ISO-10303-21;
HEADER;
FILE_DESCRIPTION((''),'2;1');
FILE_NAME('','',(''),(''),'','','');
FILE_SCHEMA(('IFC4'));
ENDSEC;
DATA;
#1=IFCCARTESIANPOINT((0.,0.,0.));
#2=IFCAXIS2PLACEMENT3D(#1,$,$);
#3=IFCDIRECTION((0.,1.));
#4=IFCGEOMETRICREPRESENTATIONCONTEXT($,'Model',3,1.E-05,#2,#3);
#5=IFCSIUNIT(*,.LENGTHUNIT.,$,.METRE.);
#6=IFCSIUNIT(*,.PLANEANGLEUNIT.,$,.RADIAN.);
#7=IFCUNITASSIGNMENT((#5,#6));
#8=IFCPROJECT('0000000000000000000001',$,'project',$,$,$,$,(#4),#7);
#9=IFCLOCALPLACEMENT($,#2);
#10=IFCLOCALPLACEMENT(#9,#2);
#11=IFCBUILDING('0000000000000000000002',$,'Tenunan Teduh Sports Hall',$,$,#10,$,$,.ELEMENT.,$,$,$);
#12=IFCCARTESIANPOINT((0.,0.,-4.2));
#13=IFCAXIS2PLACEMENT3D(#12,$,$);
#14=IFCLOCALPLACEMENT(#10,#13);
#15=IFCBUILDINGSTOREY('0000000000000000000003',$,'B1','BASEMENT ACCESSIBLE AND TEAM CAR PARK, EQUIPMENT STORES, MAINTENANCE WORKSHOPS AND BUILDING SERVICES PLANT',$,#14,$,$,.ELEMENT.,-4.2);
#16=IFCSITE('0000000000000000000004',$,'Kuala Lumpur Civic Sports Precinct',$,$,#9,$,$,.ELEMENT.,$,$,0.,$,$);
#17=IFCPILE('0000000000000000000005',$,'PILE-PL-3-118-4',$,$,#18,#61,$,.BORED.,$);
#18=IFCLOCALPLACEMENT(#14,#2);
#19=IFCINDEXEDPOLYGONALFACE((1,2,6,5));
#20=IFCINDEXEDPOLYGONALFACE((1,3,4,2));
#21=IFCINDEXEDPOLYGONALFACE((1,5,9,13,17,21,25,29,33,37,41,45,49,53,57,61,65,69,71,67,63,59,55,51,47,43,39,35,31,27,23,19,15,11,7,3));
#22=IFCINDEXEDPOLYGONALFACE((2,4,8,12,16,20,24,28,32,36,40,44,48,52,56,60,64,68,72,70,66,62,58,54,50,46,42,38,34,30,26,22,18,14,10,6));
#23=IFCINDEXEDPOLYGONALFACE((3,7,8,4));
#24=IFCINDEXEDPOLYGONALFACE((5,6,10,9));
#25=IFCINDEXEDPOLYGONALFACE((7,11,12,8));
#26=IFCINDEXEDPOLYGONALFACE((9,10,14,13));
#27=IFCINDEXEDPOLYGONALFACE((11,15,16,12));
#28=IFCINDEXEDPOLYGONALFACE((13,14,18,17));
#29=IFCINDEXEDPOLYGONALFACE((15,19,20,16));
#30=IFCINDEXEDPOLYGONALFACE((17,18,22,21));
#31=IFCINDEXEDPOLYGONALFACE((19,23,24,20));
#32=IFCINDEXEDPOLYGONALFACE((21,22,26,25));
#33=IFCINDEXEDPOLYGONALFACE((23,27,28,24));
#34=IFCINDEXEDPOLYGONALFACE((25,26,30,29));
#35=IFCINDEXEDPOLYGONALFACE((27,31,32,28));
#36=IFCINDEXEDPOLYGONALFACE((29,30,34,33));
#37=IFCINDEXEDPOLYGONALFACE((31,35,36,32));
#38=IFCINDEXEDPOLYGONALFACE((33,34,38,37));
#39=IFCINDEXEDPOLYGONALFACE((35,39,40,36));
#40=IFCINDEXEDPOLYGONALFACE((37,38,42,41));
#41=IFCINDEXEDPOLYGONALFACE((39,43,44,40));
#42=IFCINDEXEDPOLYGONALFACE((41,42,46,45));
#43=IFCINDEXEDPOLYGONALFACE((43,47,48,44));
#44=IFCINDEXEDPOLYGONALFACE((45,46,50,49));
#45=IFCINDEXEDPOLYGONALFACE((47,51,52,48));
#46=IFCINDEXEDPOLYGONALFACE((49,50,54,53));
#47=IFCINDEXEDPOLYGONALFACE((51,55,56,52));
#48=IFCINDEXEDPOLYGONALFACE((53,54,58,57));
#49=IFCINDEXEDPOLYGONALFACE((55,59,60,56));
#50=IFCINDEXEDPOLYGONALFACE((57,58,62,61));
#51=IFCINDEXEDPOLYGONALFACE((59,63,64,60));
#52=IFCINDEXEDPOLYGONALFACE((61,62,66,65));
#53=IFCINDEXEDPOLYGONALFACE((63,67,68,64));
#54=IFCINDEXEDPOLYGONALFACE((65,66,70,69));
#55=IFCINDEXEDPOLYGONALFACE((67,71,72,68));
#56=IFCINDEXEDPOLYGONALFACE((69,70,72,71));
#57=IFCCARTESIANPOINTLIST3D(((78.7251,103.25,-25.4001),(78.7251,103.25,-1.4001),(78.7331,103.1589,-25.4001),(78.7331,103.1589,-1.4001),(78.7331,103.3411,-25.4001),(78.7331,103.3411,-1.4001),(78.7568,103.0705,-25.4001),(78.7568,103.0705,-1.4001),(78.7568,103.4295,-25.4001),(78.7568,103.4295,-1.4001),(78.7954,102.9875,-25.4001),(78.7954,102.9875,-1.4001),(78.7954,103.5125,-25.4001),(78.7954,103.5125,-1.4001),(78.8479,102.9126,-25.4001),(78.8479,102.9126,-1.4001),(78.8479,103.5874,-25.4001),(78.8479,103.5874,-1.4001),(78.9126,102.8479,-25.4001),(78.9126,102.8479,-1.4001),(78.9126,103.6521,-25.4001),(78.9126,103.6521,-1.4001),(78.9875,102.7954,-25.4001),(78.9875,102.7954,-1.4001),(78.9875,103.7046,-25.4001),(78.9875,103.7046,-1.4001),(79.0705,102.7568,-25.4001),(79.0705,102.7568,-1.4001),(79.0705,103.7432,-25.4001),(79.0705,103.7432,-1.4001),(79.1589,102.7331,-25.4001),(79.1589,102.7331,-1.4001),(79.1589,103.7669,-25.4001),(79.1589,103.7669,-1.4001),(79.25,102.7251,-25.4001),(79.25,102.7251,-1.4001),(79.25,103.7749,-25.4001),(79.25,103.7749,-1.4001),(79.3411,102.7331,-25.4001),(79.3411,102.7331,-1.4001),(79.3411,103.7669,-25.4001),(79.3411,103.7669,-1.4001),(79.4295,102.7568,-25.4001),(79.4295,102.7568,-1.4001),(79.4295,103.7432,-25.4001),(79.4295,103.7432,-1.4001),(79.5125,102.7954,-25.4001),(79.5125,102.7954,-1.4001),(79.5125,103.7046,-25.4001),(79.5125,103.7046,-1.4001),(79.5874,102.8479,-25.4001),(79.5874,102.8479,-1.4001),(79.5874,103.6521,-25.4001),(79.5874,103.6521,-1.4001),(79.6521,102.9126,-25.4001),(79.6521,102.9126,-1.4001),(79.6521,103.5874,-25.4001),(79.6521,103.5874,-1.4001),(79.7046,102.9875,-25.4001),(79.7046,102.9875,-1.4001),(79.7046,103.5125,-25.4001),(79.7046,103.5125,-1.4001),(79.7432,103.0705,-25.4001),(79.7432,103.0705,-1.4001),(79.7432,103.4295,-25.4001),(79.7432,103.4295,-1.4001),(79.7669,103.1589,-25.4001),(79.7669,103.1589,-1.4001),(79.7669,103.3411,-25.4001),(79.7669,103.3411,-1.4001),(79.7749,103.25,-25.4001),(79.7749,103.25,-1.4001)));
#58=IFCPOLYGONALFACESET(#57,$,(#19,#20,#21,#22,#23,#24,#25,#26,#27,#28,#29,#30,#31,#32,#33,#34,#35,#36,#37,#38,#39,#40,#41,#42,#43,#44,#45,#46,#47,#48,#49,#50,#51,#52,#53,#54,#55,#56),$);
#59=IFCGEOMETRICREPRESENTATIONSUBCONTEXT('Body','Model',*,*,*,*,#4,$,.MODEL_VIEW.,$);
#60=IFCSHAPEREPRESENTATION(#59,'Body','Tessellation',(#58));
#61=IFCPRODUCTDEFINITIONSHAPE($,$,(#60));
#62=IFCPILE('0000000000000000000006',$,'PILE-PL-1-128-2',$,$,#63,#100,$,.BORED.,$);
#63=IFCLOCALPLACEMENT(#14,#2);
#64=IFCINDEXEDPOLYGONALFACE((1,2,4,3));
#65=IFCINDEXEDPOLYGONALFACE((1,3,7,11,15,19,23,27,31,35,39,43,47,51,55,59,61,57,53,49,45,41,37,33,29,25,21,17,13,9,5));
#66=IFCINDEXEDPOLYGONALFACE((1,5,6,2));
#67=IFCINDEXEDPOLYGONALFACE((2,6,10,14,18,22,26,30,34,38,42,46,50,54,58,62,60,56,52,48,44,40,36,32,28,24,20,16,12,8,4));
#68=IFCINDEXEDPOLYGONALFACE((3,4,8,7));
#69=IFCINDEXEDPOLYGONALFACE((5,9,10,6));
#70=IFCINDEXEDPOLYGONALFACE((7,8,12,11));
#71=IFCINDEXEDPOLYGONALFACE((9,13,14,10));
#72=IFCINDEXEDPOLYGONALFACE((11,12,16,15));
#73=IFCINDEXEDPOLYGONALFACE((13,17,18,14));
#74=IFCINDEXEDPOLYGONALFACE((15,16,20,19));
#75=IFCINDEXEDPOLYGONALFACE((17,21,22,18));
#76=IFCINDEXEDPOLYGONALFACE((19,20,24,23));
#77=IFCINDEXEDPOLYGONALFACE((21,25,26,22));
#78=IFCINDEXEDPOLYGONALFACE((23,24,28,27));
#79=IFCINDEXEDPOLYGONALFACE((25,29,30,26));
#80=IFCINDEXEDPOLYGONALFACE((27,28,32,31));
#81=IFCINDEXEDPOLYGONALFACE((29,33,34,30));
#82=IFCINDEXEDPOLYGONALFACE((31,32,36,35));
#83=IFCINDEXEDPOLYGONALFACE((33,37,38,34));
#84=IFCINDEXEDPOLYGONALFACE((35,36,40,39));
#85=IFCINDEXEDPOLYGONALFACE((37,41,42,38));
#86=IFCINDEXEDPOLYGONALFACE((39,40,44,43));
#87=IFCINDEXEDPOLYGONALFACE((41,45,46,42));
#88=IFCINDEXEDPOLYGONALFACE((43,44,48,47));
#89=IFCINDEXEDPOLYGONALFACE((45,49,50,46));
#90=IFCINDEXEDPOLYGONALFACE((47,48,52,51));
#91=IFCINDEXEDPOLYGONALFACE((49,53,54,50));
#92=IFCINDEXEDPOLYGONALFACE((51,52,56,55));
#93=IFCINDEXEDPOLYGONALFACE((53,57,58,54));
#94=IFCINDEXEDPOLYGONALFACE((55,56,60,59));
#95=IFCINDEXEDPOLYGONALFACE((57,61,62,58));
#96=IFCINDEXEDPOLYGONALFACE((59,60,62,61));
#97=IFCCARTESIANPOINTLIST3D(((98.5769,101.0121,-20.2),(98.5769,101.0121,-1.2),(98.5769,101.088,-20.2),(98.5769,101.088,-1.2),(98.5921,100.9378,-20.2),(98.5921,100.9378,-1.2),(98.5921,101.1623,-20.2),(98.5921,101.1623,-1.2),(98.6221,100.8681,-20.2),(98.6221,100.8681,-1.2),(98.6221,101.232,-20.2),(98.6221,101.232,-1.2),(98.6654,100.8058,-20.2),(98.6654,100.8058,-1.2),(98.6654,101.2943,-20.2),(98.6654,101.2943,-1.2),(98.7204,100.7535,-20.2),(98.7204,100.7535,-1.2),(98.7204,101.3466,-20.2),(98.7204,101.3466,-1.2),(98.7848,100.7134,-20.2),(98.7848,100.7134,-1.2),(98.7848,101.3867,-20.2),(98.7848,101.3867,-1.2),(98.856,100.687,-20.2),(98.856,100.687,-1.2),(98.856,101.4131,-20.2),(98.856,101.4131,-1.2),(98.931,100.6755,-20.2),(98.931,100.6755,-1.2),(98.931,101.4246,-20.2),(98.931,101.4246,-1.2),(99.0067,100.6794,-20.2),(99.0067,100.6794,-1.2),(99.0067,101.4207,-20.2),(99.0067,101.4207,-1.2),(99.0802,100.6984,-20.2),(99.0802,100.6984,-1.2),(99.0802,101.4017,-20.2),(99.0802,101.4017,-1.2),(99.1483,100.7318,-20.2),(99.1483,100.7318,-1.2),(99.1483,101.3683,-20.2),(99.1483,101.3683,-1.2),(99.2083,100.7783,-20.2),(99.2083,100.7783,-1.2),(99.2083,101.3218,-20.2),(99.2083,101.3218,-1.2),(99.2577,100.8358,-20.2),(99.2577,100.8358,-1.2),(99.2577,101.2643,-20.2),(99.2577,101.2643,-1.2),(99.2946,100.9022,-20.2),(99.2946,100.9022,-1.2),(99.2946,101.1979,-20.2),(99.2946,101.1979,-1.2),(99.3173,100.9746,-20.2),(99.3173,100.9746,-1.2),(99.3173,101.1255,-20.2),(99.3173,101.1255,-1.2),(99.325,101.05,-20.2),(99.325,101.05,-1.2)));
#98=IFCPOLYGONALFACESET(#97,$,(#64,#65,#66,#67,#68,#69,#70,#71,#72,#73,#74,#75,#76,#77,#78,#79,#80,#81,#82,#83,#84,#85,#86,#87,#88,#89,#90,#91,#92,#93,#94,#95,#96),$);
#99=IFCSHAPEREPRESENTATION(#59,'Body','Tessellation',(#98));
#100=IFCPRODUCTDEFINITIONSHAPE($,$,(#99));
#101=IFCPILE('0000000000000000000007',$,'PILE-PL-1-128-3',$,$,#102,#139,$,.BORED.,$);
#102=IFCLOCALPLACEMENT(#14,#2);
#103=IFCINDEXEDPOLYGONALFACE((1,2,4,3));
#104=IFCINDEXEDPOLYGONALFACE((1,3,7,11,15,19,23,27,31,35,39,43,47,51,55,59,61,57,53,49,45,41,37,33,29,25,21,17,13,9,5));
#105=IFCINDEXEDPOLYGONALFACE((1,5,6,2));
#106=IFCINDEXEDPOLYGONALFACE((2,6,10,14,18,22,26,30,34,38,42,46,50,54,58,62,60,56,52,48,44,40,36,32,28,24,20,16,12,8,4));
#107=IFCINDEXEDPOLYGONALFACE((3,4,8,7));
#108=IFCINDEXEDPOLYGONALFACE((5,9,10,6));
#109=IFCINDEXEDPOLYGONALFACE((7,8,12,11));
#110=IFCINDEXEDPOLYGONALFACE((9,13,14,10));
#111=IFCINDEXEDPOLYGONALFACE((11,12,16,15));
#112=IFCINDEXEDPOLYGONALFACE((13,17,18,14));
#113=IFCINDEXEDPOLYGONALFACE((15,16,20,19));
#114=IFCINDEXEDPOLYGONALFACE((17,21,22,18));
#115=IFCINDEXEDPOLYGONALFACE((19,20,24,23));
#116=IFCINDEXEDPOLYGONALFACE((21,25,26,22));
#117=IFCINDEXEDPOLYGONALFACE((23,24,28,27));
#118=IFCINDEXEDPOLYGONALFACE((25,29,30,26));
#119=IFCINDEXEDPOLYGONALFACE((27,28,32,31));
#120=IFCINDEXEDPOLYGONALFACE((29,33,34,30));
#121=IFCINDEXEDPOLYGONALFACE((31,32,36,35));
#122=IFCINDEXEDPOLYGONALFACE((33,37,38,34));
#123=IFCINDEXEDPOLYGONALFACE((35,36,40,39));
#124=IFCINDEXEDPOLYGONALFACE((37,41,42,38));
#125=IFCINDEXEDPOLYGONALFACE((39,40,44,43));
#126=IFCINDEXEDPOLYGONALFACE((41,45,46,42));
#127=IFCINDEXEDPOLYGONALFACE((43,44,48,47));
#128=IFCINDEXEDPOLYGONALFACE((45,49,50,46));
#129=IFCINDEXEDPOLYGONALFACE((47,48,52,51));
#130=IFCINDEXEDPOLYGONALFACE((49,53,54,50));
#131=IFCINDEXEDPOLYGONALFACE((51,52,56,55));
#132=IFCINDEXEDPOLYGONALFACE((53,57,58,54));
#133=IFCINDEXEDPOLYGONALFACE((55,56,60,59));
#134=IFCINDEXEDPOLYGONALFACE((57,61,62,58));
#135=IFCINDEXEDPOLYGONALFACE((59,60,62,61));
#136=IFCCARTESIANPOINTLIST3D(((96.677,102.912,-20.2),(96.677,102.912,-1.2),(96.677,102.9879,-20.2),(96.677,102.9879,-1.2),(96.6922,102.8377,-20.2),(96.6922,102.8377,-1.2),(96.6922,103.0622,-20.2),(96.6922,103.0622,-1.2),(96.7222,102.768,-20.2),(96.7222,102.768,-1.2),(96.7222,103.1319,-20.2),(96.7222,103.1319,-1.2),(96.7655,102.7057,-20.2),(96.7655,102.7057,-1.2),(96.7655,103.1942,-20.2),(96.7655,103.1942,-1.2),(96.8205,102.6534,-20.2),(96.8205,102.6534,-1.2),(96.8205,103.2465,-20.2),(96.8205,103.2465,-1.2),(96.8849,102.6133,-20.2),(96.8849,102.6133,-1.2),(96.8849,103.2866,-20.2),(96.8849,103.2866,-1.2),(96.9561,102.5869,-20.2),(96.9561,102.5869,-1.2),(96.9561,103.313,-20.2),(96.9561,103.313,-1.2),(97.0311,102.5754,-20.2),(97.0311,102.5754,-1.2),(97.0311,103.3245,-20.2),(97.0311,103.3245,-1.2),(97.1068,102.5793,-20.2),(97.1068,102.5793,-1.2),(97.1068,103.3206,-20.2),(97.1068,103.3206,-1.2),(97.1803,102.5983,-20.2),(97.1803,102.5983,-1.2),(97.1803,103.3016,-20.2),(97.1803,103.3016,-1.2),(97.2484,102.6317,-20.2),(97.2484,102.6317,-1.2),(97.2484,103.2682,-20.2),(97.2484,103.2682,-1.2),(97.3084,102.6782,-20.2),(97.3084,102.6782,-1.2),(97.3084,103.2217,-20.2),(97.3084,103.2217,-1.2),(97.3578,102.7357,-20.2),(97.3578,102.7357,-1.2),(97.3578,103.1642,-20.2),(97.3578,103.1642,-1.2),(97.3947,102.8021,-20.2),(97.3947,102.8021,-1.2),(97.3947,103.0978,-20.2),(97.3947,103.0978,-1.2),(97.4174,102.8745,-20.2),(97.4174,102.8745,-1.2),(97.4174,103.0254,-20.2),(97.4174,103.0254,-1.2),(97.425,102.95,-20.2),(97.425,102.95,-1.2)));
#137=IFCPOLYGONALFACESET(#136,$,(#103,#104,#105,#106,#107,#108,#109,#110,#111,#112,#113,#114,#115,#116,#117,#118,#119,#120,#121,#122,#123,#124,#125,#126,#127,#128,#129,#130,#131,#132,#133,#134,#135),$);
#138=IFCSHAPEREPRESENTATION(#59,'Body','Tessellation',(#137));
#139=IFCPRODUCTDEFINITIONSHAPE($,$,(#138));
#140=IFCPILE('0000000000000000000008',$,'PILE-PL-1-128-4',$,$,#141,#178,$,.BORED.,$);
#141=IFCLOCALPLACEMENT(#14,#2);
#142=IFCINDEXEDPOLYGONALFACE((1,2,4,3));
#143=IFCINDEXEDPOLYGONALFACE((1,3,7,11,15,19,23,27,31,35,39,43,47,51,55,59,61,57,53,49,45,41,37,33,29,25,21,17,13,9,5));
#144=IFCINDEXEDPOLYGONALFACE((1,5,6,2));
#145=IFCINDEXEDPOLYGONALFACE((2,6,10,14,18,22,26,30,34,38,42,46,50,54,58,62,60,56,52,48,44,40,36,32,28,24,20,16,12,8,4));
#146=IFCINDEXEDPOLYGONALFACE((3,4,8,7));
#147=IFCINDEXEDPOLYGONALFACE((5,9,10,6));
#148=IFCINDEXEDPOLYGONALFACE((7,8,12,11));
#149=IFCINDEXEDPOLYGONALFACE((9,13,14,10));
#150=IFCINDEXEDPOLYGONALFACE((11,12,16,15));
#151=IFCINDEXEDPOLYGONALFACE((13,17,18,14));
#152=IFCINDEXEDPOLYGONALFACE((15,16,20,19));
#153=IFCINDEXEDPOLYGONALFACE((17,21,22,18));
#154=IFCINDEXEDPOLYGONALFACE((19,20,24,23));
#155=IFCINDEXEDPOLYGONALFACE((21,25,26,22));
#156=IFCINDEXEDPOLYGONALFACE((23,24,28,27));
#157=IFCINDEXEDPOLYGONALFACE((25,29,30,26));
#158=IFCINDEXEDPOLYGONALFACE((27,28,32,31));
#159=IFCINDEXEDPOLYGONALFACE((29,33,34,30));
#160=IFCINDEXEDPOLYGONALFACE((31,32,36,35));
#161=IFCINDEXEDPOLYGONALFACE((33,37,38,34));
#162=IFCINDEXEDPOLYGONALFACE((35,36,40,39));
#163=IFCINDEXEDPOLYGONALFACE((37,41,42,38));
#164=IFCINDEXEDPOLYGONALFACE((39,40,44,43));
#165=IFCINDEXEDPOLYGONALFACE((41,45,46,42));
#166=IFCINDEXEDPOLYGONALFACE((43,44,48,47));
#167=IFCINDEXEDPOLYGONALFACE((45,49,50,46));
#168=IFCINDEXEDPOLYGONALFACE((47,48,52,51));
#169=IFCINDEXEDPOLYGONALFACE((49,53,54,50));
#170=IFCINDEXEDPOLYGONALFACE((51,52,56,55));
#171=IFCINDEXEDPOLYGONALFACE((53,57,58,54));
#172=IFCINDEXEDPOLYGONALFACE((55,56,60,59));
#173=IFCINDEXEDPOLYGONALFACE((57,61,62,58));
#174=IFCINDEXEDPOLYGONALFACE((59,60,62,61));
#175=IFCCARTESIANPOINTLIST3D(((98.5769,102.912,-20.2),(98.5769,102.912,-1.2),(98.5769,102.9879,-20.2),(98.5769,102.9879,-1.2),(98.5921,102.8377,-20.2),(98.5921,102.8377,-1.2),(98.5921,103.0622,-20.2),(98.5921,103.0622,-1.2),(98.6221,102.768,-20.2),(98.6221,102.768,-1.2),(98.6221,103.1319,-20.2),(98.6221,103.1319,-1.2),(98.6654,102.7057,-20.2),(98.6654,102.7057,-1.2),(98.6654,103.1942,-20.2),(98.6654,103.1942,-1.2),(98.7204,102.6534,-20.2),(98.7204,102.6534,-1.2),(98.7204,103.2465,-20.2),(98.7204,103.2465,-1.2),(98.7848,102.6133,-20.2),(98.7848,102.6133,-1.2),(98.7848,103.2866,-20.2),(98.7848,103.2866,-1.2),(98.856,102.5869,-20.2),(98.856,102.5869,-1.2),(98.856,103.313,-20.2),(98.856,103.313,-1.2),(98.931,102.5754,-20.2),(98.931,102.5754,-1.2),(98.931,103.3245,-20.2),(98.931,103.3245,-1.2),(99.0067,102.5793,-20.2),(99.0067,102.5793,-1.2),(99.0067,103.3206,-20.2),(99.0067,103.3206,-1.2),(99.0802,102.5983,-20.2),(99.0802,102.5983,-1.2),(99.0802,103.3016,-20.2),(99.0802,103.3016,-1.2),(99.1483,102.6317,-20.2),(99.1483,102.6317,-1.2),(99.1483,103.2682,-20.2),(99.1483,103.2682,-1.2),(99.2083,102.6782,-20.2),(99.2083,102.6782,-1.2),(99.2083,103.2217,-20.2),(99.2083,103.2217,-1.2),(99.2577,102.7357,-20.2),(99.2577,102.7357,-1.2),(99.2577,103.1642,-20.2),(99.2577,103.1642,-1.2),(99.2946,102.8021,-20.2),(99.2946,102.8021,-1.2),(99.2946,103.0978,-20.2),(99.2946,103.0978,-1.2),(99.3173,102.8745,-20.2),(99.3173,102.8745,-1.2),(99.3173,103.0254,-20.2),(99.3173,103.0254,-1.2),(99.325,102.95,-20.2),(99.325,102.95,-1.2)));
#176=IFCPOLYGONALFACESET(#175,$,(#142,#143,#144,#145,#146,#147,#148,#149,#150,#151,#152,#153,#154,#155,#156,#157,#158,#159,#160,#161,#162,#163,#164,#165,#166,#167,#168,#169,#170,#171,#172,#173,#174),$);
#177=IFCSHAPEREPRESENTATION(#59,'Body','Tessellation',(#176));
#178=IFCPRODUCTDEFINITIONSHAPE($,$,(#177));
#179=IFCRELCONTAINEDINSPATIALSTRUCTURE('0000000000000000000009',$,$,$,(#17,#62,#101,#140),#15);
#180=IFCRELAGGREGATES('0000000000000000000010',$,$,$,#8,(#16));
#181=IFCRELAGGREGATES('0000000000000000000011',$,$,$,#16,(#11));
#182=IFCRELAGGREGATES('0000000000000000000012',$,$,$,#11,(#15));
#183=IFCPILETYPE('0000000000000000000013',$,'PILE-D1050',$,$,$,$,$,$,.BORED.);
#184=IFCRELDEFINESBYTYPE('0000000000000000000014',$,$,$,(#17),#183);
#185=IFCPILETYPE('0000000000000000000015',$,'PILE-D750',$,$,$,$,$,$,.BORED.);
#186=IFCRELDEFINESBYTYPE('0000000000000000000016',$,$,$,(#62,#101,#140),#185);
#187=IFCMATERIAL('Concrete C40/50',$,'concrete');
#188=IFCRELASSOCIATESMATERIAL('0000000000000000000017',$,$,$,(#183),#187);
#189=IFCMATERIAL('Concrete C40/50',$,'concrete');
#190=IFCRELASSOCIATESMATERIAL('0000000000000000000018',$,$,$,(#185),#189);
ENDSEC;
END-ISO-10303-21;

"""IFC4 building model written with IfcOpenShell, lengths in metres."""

from ifc_helpers import new_model, si_unit, direction, frame, origin, origin_2d, place, context, subcontext, project, spatial, circle, extrude, material, material_profile, profile_set, type_object, element, save


model = new_model("IFC4")

# Units and contexts
model_context = context("Model", 3, precision=1e-05, world=origin(), true_north=direction((0.0, 1.0)))
body_context = subcontext(model_context, "Body", "Model", "MODEL_VIEW")
ifc_project = project(units=[si_unit("LENGTHUNIT", "METRE"), si_unit("PLANEANGLEUNIT", "RADIAN")], contexts=[model_context])

# Site, building, storey
site_placement = place(None, origin())
site = spatial("IfcSite", under=ifc_project, at=site_placement, Name="Kuala Lumpur Civic Sports Precinct", CompositionType="ELEMENT", RefElevation=0.0)
building_placement = place(site_placement, origin())
building = spatial("IfcBuilding", under=site, at=building_placement, Name="Tenunan Teduh Sports Hall", CompositionType="ELEMENT")
storey_placement = place(building_placement, frame((0.0, 0.0, -4.2)))
storey = spatial("IfcBuildingStorey", under=building, at=storey_placement, Name="B1", Description="BASEMENT ACCESSIBLE AND TEAM CAR PARK, EQUIPMENT STORES, MAINTENANCE WORKSHOPS AND BUILDING SERVICES PLANT", CompositionType="ELEMENT", Elevation=-4.2)

# Piles
ifc_material_1 = material(Name="Concrete C40/50", Category="concrete")
ifc_material_profile_1 = material_profile(ifc_material_1, circle(Radius=0.5249, at=origin_2d()), Name="PILE D1050")
ifc_profile_set_1 = profile_set([ifc_material_profile_1], Name="Concrete C40/50")
pile_type_1 = type_object("IfcPileType", Name="PILE-D1050", PredefinedType="BORED", material=ifc_profile_set_1)
for number, where, z_axis, x_axis, name in (
    (1, (79.25, 103.25, -1.4001), (0.0, 0.0, -1.0), (1.0, 0.0, 0.0), "PILE-PL-3-118-4"),
):
    element("IfcPile", number, at=place(storey_placement, frame(where, z_axis=z_axis, x_axis=x_axis)), inside=storey, type_object=pile_type_1, Name=name, PredefinedType="BORED", context=body_context, shape_type="SweptSolid", body=[
        extrude(circle(Radius=0.5249, at=origin_2d()), origin(), (0.0, 0.0, 1.0), 24.0),
    ])
ifc_material_2 = material(Name="Concrete C40/50", Category="concrete")
ifc_material_profile_2 = material_profile(ifc_material_2, circle(Radius=0.375, at=origin_2d()), Name="PILE D750")
ifc_profile_set_2 = profile_set([ifc_material_profile_2], Name="Concrete C40/50")
pile_type_2 = type_object("IfcPileType", Name="PILE-D750", PredefinedType="BORED", material=ifc_profile_set_2)
for number, where, z_axis, x_axis, name in (
    (2, (98.95, 101.05, -1.2), (0.0, 0.0, -1.0), (1.0, 0.0, 0.0), "PILE-PL-1-128-2"),
    (3, (97.05, 102.95, -1.2), (0.0, 0.0, -1.0), (1.0, 0.0, 0.0), "PILE-PL-1-128-3"),
    (4, (98.95, 102.95, -1.2), (0.0, 0.0, -1.0), (1.0, 0.0, 0.0), "PILE-PL-1-128-4"),
):
    element("IfcPile", number, at=place(storey_placement, frame(where, z_axis=z_axis, x_axis=x_axis)), inside=storey, type_object=pile_type_2, Name=name, PredefinedType="BORED", context=body_context, shape_type="SweptSolid", body=[
        extrude(circle(Radius=0.375, at=origin_2d()), origin(), (0.0, 0.0, 1.0), 19.0),
    ])

save(model, "model.ifc")
